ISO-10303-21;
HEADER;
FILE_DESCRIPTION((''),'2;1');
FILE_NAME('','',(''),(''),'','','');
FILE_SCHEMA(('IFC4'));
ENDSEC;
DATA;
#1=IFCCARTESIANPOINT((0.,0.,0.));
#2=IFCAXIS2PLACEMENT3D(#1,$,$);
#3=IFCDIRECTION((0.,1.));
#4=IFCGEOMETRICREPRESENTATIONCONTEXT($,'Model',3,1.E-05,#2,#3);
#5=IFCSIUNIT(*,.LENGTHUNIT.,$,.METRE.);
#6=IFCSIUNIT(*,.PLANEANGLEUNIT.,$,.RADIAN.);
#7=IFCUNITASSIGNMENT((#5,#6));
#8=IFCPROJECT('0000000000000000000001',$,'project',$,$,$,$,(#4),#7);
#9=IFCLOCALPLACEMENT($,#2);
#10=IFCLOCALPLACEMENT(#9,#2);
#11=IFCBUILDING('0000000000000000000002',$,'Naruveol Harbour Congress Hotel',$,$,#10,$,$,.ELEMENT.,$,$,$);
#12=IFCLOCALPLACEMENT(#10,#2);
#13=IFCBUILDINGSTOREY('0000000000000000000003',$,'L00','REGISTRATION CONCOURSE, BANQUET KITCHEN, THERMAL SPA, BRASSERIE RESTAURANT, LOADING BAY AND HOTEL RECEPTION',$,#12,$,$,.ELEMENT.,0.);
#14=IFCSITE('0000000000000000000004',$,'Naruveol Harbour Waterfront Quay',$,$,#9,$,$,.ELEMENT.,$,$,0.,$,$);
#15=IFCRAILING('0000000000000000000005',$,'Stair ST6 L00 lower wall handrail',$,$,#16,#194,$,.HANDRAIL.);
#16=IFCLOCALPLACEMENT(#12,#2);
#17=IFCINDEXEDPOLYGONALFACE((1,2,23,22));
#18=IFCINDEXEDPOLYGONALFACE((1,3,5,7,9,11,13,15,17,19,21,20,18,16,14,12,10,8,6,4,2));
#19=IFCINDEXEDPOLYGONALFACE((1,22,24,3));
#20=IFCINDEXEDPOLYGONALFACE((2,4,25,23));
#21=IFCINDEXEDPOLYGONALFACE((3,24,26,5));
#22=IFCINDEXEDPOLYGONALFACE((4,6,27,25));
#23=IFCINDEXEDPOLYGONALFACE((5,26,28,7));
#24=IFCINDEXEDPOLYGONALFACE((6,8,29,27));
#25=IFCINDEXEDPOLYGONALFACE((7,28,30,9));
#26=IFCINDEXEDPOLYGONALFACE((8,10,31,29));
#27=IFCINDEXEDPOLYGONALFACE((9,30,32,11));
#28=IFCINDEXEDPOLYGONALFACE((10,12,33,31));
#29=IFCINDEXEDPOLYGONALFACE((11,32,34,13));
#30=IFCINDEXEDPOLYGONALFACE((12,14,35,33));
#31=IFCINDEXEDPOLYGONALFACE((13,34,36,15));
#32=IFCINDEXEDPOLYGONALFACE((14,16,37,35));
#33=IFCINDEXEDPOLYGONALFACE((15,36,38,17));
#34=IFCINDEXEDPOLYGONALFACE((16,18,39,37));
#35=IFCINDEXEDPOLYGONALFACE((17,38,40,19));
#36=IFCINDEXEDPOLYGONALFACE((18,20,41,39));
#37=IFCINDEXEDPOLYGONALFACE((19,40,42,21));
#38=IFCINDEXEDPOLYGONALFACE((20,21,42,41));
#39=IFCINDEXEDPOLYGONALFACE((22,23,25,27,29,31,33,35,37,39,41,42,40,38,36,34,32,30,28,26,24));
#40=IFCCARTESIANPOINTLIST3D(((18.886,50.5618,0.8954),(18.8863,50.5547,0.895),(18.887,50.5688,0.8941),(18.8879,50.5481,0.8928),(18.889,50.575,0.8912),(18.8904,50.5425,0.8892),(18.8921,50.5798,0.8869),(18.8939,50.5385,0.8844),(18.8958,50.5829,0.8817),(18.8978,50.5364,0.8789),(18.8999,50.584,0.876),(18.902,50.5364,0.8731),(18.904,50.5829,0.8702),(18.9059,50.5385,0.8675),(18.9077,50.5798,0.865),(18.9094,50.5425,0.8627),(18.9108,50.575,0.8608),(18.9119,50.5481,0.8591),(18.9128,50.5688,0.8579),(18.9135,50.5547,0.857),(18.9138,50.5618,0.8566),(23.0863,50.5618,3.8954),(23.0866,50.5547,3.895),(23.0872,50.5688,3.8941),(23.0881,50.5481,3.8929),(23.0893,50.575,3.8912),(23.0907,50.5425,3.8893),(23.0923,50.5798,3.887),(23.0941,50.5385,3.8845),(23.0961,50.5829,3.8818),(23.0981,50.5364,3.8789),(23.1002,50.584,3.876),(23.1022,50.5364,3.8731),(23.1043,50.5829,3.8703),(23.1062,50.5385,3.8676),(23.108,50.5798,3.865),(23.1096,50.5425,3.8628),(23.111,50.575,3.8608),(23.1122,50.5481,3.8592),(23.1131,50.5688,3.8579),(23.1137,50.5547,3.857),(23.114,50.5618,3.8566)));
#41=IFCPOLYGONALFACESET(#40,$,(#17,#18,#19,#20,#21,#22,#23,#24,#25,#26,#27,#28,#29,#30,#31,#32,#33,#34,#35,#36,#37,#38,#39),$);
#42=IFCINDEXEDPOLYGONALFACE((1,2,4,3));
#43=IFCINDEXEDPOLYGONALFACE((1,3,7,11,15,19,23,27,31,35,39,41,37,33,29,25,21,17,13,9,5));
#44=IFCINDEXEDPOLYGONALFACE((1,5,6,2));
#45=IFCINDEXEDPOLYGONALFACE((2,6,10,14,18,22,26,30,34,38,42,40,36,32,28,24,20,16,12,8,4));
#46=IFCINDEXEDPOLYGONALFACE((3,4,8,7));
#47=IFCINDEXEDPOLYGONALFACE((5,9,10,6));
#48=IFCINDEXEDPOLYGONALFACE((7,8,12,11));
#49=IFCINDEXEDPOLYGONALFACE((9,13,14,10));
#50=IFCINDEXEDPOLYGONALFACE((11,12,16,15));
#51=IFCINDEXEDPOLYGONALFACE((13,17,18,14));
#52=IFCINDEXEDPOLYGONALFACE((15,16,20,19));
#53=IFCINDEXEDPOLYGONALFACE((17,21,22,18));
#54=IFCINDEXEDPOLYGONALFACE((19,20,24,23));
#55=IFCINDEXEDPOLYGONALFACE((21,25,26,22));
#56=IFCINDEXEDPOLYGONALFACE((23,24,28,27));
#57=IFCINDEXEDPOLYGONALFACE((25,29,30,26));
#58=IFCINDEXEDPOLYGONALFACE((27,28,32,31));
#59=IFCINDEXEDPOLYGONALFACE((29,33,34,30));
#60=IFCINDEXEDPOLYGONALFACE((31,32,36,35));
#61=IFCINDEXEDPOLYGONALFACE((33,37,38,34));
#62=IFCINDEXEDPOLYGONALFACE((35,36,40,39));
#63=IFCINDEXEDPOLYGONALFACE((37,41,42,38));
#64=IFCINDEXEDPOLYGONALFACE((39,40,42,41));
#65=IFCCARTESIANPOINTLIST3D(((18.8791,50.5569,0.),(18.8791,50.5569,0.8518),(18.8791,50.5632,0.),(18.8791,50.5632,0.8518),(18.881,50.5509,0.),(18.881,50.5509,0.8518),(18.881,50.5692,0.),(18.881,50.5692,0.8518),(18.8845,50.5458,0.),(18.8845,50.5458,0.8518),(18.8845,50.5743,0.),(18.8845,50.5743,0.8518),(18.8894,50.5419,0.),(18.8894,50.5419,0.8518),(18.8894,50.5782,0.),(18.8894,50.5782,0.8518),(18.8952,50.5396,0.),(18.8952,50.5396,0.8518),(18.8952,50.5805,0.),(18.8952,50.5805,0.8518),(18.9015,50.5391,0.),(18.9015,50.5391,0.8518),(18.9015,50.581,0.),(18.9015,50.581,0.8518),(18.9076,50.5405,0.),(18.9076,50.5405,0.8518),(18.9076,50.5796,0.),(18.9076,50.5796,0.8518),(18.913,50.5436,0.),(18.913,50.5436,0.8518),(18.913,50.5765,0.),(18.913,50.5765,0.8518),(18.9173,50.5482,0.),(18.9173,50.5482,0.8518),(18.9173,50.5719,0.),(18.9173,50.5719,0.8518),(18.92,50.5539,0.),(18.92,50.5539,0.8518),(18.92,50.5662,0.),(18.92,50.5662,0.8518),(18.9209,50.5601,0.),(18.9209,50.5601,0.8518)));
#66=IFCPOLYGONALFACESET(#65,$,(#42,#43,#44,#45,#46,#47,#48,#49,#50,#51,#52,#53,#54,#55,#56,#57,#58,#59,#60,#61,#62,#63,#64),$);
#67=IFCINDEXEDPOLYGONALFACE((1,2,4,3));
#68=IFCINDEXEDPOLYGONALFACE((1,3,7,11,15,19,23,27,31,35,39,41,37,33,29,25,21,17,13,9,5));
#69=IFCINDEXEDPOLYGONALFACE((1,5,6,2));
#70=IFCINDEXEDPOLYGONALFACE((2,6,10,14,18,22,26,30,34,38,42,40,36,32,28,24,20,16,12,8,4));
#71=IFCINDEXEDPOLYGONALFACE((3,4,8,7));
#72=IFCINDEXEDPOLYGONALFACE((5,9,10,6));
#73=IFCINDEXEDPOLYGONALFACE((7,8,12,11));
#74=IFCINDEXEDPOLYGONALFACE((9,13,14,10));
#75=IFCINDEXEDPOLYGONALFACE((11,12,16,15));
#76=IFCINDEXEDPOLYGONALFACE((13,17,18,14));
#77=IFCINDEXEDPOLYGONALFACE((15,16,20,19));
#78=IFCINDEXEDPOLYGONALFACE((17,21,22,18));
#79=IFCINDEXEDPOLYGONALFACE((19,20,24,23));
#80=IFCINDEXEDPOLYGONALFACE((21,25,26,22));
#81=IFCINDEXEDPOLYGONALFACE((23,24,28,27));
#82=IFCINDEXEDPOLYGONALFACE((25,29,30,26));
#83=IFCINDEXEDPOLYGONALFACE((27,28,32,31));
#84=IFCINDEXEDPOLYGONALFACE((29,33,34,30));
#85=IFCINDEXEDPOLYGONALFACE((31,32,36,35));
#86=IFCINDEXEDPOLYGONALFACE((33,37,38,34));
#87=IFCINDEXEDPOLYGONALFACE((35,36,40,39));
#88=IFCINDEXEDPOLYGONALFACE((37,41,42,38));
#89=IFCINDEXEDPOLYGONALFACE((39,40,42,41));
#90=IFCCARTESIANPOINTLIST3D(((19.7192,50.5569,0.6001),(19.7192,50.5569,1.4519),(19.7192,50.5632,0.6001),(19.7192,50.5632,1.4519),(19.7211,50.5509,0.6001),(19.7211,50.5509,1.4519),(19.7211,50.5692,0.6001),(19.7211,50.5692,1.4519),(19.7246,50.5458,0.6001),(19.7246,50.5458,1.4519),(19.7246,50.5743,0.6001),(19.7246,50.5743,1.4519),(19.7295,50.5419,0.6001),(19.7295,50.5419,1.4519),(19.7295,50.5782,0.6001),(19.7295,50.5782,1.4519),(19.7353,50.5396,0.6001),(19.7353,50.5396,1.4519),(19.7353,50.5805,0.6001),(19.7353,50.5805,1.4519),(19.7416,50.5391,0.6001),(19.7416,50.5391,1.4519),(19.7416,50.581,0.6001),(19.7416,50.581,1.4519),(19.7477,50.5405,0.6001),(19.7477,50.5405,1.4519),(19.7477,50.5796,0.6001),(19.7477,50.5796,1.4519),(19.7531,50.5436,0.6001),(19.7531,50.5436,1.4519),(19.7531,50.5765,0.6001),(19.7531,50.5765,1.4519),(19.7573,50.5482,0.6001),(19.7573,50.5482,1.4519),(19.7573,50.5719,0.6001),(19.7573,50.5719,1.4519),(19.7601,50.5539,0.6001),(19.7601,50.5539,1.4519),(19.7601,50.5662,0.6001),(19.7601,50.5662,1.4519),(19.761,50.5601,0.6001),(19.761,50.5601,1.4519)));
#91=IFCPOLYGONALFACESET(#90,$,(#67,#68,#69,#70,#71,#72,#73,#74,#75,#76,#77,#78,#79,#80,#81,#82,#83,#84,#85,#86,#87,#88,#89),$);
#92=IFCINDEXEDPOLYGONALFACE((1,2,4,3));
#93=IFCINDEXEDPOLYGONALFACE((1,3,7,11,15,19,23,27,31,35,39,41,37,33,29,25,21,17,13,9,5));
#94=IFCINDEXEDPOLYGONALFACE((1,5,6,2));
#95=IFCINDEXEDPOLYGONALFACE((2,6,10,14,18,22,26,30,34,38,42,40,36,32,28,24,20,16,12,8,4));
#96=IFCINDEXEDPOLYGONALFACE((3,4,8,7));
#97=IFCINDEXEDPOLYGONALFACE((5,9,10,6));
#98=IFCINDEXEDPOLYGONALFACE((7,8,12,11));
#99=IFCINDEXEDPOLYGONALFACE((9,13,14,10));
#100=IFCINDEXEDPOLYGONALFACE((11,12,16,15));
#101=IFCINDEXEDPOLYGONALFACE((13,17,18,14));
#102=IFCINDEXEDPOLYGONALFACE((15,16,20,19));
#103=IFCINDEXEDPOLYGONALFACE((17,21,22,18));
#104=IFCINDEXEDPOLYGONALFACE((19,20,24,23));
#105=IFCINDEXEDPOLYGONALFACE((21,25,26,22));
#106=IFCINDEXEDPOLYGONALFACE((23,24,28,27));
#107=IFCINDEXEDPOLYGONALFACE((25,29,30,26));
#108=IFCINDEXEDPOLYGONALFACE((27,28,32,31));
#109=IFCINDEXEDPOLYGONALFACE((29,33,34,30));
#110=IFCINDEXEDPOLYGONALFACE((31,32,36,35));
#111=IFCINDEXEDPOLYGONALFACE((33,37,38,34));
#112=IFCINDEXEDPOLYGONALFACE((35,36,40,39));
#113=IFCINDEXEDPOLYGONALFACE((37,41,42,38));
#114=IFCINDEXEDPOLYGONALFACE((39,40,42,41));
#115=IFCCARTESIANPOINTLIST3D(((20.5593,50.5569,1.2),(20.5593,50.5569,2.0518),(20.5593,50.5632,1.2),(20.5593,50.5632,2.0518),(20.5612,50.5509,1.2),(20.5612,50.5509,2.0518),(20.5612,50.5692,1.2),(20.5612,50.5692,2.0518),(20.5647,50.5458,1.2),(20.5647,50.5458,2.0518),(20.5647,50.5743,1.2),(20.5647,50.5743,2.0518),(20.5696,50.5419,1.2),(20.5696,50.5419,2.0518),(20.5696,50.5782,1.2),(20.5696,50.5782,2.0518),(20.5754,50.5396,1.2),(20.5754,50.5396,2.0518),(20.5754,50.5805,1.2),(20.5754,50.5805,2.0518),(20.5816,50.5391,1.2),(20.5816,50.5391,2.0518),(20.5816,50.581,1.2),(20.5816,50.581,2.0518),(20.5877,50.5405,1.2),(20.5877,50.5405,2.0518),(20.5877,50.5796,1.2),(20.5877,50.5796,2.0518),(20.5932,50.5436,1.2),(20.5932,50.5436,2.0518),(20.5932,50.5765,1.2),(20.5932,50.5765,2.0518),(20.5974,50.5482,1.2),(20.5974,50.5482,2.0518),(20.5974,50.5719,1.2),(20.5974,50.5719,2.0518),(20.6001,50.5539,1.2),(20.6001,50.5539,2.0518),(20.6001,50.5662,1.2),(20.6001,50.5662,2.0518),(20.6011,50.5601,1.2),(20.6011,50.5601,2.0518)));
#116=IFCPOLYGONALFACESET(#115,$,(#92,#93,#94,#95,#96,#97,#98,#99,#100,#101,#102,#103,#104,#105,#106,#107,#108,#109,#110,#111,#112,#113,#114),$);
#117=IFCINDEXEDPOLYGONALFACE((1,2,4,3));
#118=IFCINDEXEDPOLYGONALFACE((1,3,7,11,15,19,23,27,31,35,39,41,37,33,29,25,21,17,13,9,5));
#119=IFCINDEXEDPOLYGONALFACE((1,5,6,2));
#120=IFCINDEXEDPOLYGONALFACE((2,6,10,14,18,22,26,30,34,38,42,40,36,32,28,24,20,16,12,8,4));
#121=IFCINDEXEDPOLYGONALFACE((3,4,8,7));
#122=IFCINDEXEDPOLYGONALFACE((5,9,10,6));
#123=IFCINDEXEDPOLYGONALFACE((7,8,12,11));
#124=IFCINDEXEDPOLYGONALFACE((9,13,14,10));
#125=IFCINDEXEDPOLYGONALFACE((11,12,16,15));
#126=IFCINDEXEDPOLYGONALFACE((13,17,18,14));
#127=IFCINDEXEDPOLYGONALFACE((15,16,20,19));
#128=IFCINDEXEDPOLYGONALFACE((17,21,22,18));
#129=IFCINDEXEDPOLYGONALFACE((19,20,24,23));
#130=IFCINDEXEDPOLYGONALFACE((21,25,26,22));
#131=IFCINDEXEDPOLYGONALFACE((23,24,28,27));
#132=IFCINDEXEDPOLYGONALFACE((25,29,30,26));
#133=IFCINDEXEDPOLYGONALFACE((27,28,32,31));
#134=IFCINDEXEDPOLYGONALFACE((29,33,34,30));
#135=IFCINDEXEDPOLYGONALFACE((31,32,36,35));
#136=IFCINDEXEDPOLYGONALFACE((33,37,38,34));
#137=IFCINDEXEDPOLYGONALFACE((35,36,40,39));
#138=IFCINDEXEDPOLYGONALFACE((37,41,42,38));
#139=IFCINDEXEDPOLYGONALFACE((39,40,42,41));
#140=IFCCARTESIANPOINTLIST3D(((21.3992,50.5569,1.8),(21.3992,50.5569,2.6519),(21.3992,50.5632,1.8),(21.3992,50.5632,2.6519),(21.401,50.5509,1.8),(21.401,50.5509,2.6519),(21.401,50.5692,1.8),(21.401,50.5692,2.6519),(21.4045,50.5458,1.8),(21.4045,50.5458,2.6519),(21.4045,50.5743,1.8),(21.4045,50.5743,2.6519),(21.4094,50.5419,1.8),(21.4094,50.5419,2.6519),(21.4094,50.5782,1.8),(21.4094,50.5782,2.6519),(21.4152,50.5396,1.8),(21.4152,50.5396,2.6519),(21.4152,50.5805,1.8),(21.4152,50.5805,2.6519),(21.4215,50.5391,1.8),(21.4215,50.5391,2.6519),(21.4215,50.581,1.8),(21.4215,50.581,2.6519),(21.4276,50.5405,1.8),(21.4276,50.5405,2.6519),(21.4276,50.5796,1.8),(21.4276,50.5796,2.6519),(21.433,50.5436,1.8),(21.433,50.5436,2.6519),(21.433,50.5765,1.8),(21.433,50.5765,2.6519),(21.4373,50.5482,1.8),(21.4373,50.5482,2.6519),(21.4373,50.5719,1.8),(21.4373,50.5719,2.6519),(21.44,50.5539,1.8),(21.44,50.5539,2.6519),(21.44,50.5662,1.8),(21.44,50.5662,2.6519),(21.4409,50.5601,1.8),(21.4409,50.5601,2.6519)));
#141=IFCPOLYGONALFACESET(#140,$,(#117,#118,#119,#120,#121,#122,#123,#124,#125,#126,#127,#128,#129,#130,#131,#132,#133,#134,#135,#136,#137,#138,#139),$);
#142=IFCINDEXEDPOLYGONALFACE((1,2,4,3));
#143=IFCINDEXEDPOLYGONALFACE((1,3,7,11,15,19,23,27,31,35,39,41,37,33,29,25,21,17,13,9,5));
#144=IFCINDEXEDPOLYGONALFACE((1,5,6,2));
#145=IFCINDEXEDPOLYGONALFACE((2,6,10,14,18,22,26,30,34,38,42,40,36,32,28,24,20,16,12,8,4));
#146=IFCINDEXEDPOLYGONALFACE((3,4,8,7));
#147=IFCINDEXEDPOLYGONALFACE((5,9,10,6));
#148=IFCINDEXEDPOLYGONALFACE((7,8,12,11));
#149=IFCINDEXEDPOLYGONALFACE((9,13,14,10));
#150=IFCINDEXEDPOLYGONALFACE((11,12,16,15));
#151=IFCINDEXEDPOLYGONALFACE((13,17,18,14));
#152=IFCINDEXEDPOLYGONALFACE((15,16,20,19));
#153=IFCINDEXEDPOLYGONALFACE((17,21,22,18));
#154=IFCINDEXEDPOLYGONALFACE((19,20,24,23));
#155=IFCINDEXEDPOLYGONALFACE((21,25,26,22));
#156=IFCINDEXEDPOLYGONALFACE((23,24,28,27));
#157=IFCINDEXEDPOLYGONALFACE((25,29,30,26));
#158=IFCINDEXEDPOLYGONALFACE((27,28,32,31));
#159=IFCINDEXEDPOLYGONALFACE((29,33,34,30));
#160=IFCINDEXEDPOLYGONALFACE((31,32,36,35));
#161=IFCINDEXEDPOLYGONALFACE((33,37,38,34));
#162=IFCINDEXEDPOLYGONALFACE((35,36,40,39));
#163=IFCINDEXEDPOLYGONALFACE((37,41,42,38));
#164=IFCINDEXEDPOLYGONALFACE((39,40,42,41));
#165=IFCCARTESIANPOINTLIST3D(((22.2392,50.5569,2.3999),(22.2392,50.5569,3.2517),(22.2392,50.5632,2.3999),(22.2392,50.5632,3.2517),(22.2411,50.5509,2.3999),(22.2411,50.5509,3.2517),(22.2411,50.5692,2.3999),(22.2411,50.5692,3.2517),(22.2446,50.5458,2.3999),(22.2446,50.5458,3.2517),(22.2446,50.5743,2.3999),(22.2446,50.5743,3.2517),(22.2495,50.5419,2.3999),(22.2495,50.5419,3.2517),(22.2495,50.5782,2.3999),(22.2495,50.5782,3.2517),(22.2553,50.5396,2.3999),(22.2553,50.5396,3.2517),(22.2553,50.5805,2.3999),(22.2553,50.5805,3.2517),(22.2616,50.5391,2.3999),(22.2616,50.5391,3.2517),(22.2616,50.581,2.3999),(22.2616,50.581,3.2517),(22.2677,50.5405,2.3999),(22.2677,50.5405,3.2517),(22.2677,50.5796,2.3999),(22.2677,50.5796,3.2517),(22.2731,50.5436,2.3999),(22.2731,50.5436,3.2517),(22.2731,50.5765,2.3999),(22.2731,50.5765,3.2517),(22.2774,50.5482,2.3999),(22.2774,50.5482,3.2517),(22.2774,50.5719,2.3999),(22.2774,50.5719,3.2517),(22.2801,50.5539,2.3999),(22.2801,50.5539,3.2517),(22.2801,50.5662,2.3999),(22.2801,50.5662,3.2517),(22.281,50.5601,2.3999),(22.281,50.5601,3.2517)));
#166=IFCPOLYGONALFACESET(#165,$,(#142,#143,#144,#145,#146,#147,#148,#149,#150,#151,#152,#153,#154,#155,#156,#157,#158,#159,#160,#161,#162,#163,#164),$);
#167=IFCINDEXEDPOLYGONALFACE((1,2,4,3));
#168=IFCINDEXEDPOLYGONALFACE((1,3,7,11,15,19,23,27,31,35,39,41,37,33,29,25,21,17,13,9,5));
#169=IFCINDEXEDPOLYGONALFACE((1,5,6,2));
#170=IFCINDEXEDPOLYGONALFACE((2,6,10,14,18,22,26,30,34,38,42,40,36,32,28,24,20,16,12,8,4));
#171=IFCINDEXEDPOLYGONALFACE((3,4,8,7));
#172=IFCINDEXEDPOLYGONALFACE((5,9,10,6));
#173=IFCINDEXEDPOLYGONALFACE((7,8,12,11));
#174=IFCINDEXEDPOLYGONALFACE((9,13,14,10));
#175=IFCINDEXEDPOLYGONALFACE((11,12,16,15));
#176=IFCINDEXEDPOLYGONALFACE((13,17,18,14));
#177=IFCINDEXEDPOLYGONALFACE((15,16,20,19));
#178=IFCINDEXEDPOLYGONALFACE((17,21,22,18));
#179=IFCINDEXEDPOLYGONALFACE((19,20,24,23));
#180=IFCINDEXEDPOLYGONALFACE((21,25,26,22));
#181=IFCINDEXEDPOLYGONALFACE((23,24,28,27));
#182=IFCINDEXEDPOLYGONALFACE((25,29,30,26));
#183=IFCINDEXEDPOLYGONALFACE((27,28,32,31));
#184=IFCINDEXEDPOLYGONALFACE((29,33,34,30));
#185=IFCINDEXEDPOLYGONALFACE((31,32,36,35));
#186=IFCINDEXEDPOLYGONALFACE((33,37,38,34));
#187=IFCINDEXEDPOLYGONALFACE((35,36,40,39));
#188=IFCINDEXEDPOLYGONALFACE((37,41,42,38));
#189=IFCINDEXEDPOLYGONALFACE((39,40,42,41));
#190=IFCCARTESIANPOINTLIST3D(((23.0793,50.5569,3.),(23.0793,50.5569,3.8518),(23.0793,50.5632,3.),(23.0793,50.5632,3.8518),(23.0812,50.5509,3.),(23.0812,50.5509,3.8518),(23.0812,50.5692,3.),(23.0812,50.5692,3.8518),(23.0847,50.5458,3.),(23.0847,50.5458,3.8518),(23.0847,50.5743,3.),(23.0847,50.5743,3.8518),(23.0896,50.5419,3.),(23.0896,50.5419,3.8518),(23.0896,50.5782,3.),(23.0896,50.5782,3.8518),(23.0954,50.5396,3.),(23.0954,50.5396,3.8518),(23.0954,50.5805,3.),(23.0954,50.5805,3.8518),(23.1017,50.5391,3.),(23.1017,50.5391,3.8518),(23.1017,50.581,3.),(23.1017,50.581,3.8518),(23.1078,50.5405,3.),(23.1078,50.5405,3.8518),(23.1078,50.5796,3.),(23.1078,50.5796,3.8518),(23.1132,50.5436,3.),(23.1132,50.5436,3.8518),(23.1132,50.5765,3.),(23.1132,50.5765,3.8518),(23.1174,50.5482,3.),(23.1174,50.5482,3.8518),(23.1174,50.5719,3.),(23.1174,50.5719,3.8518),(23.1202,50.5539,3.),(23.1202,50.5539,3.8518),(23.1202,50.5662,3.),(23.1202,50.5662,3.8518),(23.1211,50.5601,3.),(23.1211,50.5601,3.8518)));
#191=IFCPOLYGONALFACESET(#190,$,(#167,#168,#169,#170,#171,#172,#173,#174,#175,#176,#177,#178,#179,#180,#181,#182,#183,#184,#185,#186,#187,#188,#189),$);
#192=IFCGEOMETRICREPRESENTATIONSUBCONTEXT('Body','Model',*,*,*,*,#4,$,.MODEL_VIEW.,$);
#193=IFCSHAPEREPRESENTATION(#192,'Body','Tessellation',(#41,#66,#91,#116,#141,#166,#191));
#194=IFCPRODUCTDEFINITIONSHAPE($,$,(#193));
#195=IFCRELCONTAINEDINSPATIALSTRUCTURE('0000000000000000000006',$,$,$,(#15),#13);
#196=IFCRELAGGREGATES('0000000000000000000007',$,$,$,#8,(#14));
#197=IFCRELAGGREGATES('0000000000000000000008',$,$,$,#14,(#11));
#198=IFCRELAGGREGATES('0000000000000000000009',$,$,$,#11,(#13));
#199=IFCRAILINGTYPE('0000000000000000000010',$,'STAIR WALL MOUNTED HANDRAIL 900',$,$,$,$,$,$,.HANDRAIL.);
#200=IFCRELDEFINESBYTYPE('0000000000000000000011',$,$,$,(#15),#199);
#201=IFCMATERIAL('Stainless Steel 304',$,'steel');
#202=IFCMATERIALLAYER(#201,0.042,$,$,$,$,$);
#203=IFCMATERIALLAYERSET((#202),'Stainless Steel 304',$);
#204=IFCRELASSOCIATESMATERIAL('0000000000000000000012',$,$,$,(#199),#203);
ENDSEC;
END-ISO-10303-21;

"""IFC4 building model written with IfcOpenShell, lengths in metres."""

from ifc_helpers import new_model, si_unit, direction, frame, origin, origin_2d, place, context, subcontext, project, spatial, circle, extrude, material, layer, layer_set, type_object, element, save


model = new_model("IFC4")

# Units and contexts
model_context = context("Model", 3, precision=1e-05, world=origin(), true_north=direction((0.0, 1.0)))
body_context = subcontext(model_context, "Body", "Model", "MODEL_VIEW")
ifc_project = project(units=[si_unit("LENGTHUNIT", "METRE"), si_unit("PLANEANGLEUNIT", "RADIAN")], contexts=[model_context])

# Site, building, storey
site_placement = place(None, origin())
site = spatial("IfcSite", under=ifc_project, at=site_placement, Name="Naruveol Harbour Waterfront Quay", CompositionType="ELEMENT", RefElevation=0.0)
building_placement = place(site_placement, origin())
building = spatial("IfcBuilding", under=site, at=building_placement, Name="Naruveol Harbour Congress Hotel", CompositionType="ELEMENT")
storey_placement = place(building_placement, origin())
storey = spatial("IfcBuildingStorey", under=building, at=storey_placement, Name="L00", Description="REGISTRATION CONCOURSE, BANQUET KITCHEN, THERMAL SPA, BRASSERIE RESTAURANT, LOADING BAY AND HOTEL RECEPTION", CompositionType="ELEMENT", Elevation=0.0)

# Railing
ifc_material_1 = material(Name="Stainless Steel 304", Category="steel")
ifc_layer_1 = layer(ifc_material_1, 0.042)
ifc_layer_set_1 = layer_set([ifc_layer_1], Name="Stainless Steel 304")
railing_type_1 = type_object("IfcRailingType", Name="STAIR WALL MOUNTED HANDRAIL 900", PredefinedType="HANDRAIL", material=ifc_layer_set_1)
railing_1_placement = place(storey_placement, frame((18.8999, 50.5601, 0.0)))
element("IfcRailing", 1, at=railing_1_placement, inside=storey, type_object=railing_type_1, Name="Stair ST6 L00 lower wall handrail", PredefinedType="HANDRAIL", context=body_context, shape_type="SweptSolid", body=[
    extrude(circle(Radius=0.0239, at=origin_2d()), frame((0.0, 0.0, 0.876), z_axis=(0.813746, 0.0, 0.58122), x_axis=(0.0, 1.0, 0.0)), (0.0, 0.0, 1.0), 5.1616),
    extrude(circle(Radius=0.021, at=origin_2d()), origin(), (0.0, 0.0, 1.0), 0.8518),
    extrude(circle(Radius=0.021, at=origin_2d()), frame((0.8401, 0.0, 0.6001)), (0.0, 0.0, 1.0), 0.8518),
    extrude(circle(Radius=0.021, at=origin_2d()), frame((1.6802, 0.0, 1.2)), (0.0, 0.0, 1.0), 0.8518),
    extrude(circle(Radius=0.021, at=origin_2d()), frame((2.52, 0.0, 1.8)), (0.0, 0.0, 1.0), 0.8518),
    extrude(circle(Radius=0.021, at=origin_2d()), frame((3.3601, 0.0, 2.3999)), (0.0, 0.0, 1.0), 0.8518),
    extrude(circle(Radius=0.021, at=origin_2d()), frame((4.2002, 0.0, 3.0)), (0.0, 0.0, 1.0), 0.8518),
])

save(model, "model.ifc")
